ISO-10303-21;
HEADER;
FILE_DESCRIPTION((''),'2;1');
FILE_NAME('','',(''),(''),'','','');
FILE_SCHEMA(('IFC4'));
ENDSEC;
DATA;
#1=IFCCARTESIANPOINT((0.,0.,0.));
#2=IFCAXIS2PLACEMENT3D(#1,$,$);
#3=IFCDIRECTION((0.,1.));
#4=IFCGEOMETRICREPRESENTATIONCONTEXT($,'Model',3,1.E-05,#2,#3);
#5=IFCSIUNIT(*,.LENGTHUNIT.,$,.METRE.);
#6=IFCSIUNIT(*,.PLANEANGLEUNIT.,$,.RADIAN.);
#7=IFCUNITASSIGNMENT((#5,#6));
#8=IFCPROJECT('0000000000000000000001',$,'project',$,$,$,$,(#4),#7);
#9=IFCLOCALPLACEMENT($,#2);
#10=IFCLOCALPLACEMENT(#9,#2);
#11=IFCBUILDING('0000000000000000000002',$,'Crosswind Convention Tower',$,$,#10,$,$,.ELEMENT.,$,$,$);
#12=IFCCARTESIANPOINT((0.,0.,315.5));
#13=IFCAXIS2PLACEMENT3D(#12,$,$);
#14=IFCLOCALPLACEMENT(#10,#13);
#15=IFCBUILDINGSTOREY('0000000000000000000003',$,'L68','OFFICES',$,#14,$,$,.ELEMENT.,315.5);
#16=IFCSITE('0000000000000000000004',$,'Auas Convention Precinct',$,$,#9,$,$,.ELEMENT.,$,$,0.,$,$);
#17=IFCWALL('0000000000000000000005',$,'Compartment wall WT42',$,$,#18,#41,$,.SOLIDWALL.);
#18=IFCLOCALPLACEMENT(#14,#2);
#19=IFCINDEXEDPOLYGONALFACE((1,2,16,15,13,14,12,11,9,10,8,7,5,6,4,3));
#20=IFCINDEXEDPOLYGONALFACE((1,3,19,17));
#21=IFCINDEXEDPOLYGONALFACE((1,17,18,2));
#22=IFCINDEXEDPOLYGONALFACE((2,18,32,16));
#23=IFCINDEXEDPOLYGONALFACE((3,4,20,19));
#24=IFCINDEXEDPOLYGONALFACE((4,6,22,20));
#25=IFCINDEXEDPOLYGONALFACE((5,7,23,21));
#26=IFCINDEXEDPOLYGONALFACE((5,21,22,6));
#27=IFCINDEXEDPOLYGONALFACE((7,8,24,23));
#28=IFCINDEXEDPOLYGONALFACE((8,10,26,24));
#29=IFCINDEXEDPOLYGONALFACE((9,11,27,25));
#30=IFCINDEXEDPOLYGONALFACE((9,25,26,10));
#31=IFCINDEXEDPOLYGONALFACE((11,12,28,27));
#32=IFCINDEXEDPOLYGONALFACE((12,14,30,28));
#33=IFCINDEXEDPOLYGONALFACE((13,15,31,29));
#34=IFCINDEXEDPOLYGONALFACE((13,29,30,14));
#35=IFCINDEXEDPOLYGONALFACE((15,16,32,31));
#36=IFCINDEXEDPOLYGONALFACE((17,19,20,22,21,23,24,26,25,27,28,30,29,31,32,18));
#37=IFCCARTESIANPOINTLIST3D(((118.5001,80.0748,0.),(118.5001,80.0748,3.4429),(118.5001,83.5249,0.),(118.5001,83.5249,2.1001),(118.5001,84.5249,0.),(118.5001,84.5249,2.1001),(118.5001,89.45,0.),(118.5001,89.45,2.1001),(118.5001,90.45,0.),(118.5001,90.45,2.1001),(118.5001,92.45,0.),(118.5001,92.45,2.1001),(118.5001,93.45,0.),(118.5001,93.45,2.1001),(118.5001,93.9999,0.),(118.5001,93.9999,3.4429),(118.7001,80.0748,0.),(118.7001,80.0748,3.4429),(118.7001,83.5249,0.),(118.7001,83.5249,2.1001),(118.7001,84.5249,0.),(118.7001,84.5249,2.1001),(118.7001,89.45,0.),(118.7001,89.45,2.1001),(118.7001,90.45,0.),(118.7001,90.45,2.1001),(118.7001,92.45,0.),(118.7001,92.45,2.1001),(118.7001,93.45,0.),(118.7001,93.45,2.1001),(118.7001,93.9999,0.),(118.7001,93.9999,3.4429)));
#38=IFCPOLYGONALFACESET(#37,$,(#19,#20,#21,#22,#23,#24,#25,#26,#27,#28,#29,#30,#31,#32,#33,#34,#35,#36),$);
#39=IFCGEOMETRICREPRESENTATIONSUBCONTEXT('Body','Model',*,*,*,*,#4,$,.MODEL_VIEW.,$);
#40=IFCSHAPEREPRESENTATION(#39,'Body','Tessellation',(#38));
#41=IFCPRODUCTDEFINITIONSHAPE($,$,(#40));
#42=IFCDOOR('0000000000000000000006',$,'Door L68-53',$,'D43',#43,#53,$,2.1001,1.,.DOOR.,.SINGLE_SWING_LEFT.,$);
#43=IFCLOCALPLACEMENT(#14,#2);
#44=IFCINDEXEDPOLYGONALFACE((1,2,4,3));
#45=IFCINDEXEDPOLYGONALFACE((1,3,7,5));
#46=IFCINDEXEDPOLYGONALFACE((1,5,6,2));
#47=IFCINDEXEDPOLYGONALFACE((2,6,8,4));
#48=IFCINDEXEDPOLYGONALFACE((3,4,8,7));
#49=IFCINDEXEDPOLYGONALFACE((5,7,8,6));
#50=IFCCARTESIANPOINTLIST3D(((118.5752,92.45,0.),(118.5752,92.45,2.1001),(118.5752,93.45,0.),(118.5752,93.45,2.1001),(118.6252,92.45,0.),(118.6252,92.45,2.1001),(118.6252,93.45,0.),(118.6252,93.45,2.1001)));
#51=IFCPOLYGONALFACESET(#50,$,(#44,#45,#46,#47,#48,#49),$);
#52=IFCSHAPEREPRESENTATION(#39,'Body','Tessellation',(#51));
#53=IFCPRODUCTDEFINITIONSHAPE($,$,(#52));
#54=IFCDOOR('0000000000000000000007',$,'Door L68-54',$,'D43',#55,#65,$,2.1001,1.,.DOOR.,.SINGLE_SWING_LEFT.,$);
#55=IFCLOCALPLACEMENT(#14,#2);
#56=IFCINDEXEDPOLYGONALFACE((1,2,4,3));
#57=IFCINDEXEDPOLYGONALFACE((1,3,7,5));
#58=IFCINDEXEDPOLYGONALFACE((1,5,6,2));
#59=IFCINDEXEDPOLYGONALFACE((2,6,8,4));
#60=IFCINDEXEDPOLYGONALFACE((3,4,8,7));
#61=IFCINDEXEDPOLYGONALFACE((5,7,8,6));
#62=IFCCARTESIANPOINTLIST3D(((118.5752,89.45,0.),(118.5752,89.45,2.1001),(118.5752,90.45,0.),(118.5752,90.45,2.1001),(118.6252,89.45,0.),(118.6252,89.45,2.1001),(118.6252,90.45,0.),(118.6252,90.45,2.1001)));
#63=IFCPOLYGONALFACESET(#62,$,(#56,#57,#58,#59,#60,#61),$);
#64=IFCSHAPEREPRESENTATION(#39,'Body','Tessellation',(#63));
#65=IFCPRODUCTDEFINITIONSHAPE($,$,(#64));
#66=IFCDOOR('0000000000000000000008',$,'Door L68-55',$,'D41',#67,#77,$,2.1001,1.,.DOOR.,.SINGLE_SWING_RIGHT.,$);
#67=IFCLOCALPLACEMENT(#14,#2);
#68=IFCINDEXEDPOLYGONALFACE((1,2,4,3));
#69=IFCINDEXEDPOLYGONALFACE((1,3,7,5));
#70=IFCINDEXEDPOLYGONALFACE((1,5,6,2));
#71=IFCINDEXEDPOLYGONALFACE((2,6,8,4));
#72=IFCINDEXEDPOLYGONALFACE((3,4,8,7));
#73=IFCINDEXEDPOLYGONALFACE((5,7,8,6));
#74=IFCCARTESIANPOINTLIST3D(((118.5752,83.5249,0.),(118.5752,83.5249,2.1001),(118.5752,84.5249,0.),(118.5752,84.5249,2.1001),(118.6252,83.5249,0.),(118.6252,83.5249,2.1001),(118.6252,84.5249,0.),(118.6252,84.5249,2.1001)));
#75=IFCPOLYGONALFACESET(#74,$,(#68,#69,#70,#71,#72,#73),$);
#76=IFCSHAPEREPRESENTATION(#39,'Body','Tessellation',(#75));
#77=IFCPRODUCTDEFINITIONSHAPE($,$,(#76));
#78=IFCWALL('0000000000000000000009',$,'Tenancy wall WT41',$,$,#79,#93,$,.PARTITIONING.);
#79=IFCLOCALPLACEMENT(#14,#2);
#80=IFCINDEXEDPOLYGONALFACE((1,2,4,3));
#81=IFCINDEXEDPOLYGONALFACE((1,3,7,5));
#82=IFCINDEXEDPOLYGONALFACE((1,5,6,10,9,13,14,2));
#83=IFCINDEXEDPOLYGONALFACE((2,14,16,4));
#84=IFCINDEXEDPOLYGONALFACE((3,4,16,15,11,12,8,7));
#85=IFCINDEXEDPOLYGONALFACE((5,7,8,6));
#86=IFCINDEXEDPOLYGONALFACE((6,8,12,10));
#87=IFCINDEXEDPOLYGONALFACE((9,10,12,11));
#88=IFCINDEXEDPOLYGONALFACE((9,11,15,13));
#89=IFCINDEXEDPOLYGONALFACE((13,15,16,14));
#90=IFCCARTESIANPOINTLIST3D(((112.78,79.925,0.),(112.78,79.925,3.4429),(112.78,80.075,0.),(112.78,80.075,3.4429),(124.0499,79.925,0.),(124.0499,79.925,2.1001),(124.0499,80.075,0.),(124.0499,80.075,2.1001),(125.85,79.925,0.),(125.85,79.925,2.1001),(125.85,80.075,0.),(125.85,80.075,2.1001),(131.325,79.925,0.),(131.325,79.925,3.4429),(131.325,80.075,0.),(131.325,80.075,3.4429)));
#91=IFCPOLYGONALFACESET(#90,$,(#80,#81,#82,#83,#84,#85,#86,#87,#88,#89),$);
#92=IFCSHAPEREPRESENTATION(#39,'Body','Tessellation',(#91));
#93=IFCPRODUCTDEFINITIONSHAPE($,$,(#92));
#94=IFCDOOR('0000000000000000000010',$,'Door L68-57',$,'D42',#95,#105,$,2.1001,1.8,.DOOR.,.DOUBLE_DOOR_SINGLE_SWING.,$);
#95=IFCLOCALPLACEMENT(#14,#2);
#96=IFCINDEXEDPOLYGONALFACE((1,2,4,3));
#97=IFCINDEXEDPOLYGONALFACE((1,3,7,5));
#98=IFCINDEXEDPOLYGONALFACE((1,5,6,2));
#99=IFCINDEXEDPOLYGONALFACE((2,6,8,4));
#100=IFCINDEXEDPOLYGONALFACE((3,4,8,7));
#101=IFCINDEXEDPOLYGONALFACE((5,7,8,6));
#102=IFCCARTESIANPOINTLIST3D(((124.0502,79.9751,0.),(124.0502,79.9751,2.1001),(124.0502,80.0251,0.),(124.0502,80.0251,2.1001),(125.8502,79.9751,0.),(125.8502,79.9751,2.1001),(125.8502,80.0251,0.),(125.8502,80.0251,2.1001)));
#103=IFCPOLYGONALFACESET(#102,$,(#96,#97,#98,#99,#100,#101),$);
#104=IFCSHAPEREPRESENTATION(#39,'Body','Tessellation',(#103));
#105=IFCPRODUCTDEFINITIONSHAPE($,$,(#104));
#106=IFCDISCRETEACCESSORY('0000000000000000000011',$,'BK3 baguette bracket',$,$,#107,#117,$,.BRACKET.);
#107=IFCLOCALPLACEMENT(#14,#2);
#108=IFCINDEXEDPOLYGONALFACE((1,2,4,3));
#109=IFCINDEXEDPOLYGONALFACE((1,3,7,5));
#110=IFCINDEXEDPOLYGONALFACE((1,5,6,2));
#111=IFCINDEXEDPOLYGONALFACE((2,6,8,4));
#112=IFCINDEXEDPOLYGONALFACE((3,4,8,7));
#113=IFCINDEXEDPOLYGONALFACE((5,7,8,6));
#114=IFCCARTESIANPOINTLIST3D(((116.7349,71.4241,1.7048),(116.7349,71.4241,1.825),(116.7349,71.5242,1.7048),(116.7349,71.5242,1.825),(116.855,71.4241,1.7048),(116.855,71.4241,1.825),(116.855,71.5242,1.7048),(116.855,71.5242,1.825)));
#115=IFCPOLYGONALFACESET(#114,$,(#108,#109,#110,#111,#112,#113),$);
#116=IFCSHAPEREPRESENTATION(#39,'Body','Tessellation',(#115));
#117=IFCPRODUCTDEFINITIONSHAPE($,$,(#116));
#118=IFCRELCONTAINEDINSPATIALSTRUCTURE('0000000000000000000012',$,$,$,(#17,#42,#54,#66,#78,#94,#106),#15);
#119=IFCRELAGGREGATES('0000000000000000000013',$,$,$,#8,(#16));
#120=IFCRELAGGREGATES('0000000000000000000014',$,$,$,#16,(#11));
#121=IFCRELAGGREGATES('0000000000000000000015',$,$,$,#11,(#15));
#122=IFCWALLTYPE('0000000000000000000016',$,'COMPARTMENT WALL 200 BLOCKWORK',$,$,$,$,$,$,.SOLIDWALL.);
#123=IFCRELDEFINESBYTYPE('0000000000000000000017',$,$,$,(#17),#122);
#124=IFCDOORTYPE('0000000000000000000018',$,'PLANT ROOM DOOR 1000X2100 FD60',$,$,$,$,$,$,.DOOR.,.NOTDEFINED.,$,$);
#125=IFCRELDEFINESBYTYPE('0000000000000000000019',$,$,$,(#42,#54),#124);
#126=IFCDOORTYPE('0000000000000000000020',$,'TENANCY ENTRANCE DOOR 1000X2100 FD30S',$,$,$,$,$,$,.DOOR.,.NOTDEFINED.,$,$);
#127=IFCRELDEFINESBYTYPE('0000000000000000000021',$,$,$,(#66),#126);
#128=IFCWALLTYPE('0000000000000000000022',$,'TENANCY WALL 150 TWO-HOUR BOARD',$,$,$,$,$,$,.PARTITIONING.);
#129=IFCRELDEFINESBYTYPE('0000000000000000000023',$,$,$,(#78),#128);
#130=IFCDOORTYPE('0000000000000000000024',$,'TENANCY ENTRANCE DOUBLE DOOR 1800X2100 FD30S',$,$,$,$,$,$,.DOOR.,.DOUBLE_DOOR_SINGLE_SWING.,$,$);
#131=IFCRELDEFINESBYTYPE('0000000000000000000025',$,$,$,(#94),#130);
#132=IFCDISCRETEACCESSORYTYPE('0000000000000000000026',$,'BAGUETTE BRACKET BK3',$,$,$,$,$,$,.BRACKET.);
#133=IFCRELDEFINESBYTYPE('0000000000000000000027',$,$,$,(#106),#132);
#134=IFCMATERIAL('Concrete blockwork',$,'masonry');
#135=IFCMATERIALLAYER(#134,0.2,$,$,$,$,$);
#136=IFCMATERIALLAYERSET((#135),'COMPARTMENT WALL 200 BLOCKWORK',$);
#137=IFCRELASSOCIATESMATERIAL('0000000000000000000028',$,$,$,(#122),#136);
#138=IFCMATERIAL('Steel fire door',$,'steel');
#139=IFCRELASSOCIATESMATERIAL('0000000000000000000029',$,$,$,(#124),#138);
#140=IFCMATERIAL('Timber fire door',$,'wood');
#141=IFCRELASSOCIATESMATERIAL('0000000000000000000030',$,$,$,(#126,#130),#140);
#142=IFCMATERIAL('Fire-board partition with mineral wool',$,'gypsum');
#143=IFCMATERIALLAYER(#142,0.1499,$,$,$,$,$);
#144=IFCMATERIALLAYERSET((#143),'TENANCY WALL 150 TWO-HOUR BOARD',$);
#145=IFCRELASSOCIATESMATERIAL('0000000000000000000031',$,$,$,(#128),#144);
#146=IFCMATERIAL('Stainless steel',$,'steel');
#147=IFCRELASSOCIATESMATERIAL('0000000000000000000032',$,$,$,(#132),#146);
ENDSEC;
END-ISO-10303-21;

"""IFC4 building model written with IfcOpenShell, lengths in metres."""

from ifc_helpers import new_model, si_unit, direction, frame, frame_2d, origin, origin_2d, place, context, subcontext, project, spatial, rectangle, extrude, material, layer, layer_set, type_object, element, fill, save


model = new_model("IFC4")

# Units and contexts
model_context = context("Model", 3, precision=1e-05, world=origin(), true_north=direction((0.0, 1.0)))
body_context = subcontext(model_context, "Body", "Model", "MODEL_VIEW")
ifc_project = project(units=[si_unit("LENGTHUNIT", "METRE"), si_unit("PLANEANGLEUNIT", "RADIAN")], contexts=[model_context])

# Site, building, storey
site_placement = place(None, origin())
site = spatial("IfcSite", under=ifc_project, at=site_placement, Name="Auas Convention Precinct", CompositionType="ELEMENT", RefElevation=0.0)
building_placement = place(site_placement, origin())
building = spatial("IfcBuilding", under=site, at=building_placement, Name="Crosswind Convention Tower", CompositionType="ELEMENT")
storey_placement = place(building_placement, frame((0.0, 0.0, 315.5)))
storey = spatial("IfcBuildingStorey", under=building, at=storey_placement, Name="L68", Description="OFFICES", CompositionType="ELEMENT", Elevation=315.5)

# Wall, openings, doors
ifc_material_1 = material(Name="Concrete blockwork", Category="masonry")
ifc_layer_1 = layer(ifc_material_1, 0.2)
ifc_layer_set_1 = layer_set([ifc_layer_1], Name="COMPARTMENT WALL 200 BLOCKWORK")
wall_type_1 = type_object("IfcWallType", Name="COMPARTMENT WALL 200 BLOCKWORK", PredefinedType="SOLIDWALL", material=ifc_layer_set_1)
wall_1_placement = place(storey_placement, frame((118.6001, 80.075, 0.0), z_axis=(0.0, 0.0, 1.0), x_axis=(0.0, 1.0, 0.0)))
wall_1 = element("IfcWall", 1, at=wall_1_placement, inside=storey, type_object=wall_type_1, Name="Compartment wall WT42", PredefinedType="SOLIDWALL", context=body_context, shape_type="SweptSolid", body=[
    extrude(rectangle(XDim=13.925, YDim=0.2, at=frame_2d((6.9624, 0.0))), origin(), (0.0, 0.0, 1.0), 3.4429),
])
opening_1_placement = place(wall_1_placement, frame((12.375, 0.0, 0.0)))
opening_1 = element("IfcOpeningElement", 2, at=opening_1_placement, cuts=wall_1, PredefinedType="OPENING", context=body_context, shape_type="SweptSolid", body=[
    extrude(rectangle(XDim=1.0, YDim=2.1001, at=frame_2d((0.5, 1.05))), frame((0.0, 0.1099, 0.0), z_axis=(0.0, -1.0, 0.0), x_axis=(1.0, 0.0, 0.0)), (0.0, 0.0, 1.0), 0.22),
])
opening_2_placement = place(wall_1_placement, frame((9.375, 0.0, 0.0)))
opening_2 = element("IfcOpeningElement", 3, at=opening_2_placement, cuts=wall_1, PredefinedType="OPENING", context=body_context, shape_type="SweptSolid", body=[
    extrude(rectangle(XDim=1.0, YDim=2.1001, at=frame_2d((0.5, 1.05))), frame((0.0, 0.1099, 0.0), z_axis=(0.0, -1.0, 0.0), x_axis=(1.0, 0.0, 0.0)), (0.0, 0.0, 1.0), 0.22),
])
opening_3_placement = place(wall_1_placement, frame((3.45, 0.0, 0.0)))
opening_3 = element("IfcOpeningElement", 4, at=opening_3_placement, cuts=wall_1, PredefinedType="OPENING", context=body_context, shape_type="SweptSolid", body=[
    extrude(rectangle(XDim=1.0, YDim=2.1001, at=frame_2d((0.5, 1.05))), frame((0.0, 0.1099, 0.0), z_axis=(0.0, -1.0, 0.0), x_axis=(1.0, 0.0, 0.0)), (0.0, 0.0, 1.0), 0.22),
])
ifc_material_2 = material(Name="Steel fire door", Category="steel")
door_type_1 = type_object("IfcDoorType", Name="PLANT ROOM DOOR 1000X2100 FD60", OperationType="NOTDEFINED", PredefinedType="DOOR", material=ifc_material_2)
door_1_placement = place(opening_1_placement, origin())
door_1 = element("IfcDoor", 5, at=door_1_placement, inside=storey, type_object=door_type_1, Name="Door L68-53", ObjectType="D43", OperationType="SINGLE_SWING_LEFT", OverallHeight=2.1001, OverallWidth=1.0, PredefinedType="DOOR", context=body_context, shape_type="SweptSolid", body=[
    extrude(rectangle(XDim=1.0, YDim=2.1001, at=frame_2d((0.5, 1.05))), frame((0.0, 0.0249, 0.0), z_axis=(0.0, -1.0, 0.0), x_axis=(1.0, 0.0, 0.0)), (0.0, 0.0, 1.0), 0.05),
])
fill(opening_1, door_1)
door_2_placement = place(opening_2_placement, origin())
door_2 = element("IfcDoor", 6, at=door_2_placement, inside=storey, type_object=door_type_1, Name="Door L68-54", ObjectType="D43", OperationType="SINGLE_SWING_LEFT", OverallHeight=2.1001, OverallWidth=1.0, PredefinedType="DOOR", context=body_context, shape_type="SweptSolid", body=[
    extrude(rectangle(XDim=1.0, YDim=2.1001, at=frame_2d((0.5, 1.05))), frame((0.0, 0.0249, 0.0), z_axis=(0.0, -1.0, 0.0), x_axis=(1.0, 0.0, 0.0)), (0.0, 0.0, 1.0), 0.05),
])
fill(opening_2, door_2)
ifc_material_3 = material(Name="Timber fire door", Category="wood")
door_type_2 = type_object("IfcDoorType", Name="TENANCY ENTRANCE DOOR 1000X2100 FD30S", OperationType="NOTDEFINED", PredefinedType="DOOR", material=ifc_material_3)
door_3_placement = place(opening_3_placement, origin())
door_3 = element("IfcDoor", 7, at=door_3_placement, inside=storey, type_object=door_type_2, Name="Door L68-55", ObjectType="D41", OperationType="SINGLE_SWING_RIGHT", OverallHeight=2.1001, OverallWidth=1.0, PredefinedType="DOOR", context=body_context, shape_type="SweptSolid", body=[
    extrude(rectangle(XDim=1.0, YDim=2.1001, at=frame_2d((0.5, 1.05))), frame((0.0, 0.0249, 0.0), z_axis=(0.0, -1.0, 0.0), x_axis=(1.0, 0.0, 0.0)), (0.0, 0.0, 1.0), 0.05),
])
fill(opening_3, door_3)

# Wall, opening, door
ifc_material_4 = material(Name="Fire-board partition with mineral wool", Category="gypsum")
ifc_layer_2 = layer(ifc_material_4, 0.1499)
ifc_layer_set_2 = layer_set([ifc_layer_2], Name="TENANCY WALL 150 TWO-HOUR BOARD")
wall_type_2 = type_object("IfcWallType", Name="TENANCY WALL 150 TWO-HOUR BOARD", PredefinedType="PARTITIONING", material=ifc_layer_set_2)
wall_2_placement = place(storey_placement, frame((112.78, 80.0, 0.0), z_axis=(0.0, 0.0, 1.0), x_axis=(1.0, 0.0, 0.0)))
wall_2 = element("IfcWall", 8, at=wall_2_placement, inside=storey, type_object=wall_type_2, Name="Tenancy wall WT41", PredefinedType="PARTITIONING", context=body_context, shape_type="SweptSolid", body=[
    extrude(rectangle(XDim=18.5449, YDim=0.1499, at=frame_2d((9.2725, 0.0))), origin(), (0.0, 0.0, 1.0), 3.4429),
])
opening_4_placement = place(wall_2_placement, frame((11.27, 0.0, 0.0)))
opening_4 = element("IfcOpeningElement", 9, at=opening_4_placement, cuts=wall_2, PredefinedType="OPENING", context=body_context, shape_type="SweptSolid", body=[
    extrude(rectangle(XDim=1.8, YDim=2.1001, at=frame_2d((0.8999, 1.05))), frame((0.0, 0.085, 0.0), z_axis=(0.0, -1.0, 0.0), x_axis=(1.0, 0.0, 0.0)), (0.0, 0.0, 1.0), 0.1699),
])
door_type_3 = type_object("IfcDoorType", Name="TENANCY ENTRANCE DOUBLE DOOR 1800X2100 FD30S", OperationType="DOUBLE_DOOR_SINGLE_SWING", PredefinedType="DOOR", material=ifc_material_3)
door_4_placement = place(opening_4_placement, frame((1.8, 0.0, 0.0), z_axis=(0.0, 0.0, 1.0), x_axis=(-1.0, 0.0, 0.0)))
door_4 = element("IfcDoor", 10, at=door_4_placement, inside=storey, type_object=door_type_3, Name="Door L68-57", ObjectType="D42", OperationType="DOUBLE_DOOR_SINGLE_SWING", OverallHeight=2.1001, OverallWidth=1.8, PredefinedType="DOOR", context=body_context, shape_type="SweptSolid", body=[
    extrude(rectangle(XDim=1.8, YDim=2.1001, at=frame_2d((0.8999, 1.05))), frame((0.0, 0.0249, 0.0), z_axis=(0.0, -1.0, 0.0), x_axis=(1.0, 0.0, 0.0)), (0.0, 0.0, 1.0), 0.05),
])
fill(opening_4, door_4)

# Discrete accessory
ifc_material_5 = material(Name="Stainless steel", Category="steel")
discrete_accessory_type = type_object("IfcDiscreteAccessoryType", Name="BAGUETTE BRACKET BK3", PredefinedType="BRACKET", material=ifc_material_5)
discrete_accessory_placement = place(storey_placement, frame((116.7949, 71.4741, 1.7048), z_axis=(0.0, 0.0, 1.0), x_axis=(1.0, 0.0, 0.0)))
element("IfcDiscreteAccessory", 11, at=discrete_accessory_placement, inside=storey, type_object=discrete_accessory_type, Name="BK3 baguette bracket", PredefinedType="BRACKET", context=body_context, shape_type="SweptSolid", body=[
    extrude(rectangle(XDim=0.1201, YDim=0.1001, at=origin_2d()), origin(), (0.0, 0.0, 1.0), 0.1201),
])

save(model, "model.ifc")
